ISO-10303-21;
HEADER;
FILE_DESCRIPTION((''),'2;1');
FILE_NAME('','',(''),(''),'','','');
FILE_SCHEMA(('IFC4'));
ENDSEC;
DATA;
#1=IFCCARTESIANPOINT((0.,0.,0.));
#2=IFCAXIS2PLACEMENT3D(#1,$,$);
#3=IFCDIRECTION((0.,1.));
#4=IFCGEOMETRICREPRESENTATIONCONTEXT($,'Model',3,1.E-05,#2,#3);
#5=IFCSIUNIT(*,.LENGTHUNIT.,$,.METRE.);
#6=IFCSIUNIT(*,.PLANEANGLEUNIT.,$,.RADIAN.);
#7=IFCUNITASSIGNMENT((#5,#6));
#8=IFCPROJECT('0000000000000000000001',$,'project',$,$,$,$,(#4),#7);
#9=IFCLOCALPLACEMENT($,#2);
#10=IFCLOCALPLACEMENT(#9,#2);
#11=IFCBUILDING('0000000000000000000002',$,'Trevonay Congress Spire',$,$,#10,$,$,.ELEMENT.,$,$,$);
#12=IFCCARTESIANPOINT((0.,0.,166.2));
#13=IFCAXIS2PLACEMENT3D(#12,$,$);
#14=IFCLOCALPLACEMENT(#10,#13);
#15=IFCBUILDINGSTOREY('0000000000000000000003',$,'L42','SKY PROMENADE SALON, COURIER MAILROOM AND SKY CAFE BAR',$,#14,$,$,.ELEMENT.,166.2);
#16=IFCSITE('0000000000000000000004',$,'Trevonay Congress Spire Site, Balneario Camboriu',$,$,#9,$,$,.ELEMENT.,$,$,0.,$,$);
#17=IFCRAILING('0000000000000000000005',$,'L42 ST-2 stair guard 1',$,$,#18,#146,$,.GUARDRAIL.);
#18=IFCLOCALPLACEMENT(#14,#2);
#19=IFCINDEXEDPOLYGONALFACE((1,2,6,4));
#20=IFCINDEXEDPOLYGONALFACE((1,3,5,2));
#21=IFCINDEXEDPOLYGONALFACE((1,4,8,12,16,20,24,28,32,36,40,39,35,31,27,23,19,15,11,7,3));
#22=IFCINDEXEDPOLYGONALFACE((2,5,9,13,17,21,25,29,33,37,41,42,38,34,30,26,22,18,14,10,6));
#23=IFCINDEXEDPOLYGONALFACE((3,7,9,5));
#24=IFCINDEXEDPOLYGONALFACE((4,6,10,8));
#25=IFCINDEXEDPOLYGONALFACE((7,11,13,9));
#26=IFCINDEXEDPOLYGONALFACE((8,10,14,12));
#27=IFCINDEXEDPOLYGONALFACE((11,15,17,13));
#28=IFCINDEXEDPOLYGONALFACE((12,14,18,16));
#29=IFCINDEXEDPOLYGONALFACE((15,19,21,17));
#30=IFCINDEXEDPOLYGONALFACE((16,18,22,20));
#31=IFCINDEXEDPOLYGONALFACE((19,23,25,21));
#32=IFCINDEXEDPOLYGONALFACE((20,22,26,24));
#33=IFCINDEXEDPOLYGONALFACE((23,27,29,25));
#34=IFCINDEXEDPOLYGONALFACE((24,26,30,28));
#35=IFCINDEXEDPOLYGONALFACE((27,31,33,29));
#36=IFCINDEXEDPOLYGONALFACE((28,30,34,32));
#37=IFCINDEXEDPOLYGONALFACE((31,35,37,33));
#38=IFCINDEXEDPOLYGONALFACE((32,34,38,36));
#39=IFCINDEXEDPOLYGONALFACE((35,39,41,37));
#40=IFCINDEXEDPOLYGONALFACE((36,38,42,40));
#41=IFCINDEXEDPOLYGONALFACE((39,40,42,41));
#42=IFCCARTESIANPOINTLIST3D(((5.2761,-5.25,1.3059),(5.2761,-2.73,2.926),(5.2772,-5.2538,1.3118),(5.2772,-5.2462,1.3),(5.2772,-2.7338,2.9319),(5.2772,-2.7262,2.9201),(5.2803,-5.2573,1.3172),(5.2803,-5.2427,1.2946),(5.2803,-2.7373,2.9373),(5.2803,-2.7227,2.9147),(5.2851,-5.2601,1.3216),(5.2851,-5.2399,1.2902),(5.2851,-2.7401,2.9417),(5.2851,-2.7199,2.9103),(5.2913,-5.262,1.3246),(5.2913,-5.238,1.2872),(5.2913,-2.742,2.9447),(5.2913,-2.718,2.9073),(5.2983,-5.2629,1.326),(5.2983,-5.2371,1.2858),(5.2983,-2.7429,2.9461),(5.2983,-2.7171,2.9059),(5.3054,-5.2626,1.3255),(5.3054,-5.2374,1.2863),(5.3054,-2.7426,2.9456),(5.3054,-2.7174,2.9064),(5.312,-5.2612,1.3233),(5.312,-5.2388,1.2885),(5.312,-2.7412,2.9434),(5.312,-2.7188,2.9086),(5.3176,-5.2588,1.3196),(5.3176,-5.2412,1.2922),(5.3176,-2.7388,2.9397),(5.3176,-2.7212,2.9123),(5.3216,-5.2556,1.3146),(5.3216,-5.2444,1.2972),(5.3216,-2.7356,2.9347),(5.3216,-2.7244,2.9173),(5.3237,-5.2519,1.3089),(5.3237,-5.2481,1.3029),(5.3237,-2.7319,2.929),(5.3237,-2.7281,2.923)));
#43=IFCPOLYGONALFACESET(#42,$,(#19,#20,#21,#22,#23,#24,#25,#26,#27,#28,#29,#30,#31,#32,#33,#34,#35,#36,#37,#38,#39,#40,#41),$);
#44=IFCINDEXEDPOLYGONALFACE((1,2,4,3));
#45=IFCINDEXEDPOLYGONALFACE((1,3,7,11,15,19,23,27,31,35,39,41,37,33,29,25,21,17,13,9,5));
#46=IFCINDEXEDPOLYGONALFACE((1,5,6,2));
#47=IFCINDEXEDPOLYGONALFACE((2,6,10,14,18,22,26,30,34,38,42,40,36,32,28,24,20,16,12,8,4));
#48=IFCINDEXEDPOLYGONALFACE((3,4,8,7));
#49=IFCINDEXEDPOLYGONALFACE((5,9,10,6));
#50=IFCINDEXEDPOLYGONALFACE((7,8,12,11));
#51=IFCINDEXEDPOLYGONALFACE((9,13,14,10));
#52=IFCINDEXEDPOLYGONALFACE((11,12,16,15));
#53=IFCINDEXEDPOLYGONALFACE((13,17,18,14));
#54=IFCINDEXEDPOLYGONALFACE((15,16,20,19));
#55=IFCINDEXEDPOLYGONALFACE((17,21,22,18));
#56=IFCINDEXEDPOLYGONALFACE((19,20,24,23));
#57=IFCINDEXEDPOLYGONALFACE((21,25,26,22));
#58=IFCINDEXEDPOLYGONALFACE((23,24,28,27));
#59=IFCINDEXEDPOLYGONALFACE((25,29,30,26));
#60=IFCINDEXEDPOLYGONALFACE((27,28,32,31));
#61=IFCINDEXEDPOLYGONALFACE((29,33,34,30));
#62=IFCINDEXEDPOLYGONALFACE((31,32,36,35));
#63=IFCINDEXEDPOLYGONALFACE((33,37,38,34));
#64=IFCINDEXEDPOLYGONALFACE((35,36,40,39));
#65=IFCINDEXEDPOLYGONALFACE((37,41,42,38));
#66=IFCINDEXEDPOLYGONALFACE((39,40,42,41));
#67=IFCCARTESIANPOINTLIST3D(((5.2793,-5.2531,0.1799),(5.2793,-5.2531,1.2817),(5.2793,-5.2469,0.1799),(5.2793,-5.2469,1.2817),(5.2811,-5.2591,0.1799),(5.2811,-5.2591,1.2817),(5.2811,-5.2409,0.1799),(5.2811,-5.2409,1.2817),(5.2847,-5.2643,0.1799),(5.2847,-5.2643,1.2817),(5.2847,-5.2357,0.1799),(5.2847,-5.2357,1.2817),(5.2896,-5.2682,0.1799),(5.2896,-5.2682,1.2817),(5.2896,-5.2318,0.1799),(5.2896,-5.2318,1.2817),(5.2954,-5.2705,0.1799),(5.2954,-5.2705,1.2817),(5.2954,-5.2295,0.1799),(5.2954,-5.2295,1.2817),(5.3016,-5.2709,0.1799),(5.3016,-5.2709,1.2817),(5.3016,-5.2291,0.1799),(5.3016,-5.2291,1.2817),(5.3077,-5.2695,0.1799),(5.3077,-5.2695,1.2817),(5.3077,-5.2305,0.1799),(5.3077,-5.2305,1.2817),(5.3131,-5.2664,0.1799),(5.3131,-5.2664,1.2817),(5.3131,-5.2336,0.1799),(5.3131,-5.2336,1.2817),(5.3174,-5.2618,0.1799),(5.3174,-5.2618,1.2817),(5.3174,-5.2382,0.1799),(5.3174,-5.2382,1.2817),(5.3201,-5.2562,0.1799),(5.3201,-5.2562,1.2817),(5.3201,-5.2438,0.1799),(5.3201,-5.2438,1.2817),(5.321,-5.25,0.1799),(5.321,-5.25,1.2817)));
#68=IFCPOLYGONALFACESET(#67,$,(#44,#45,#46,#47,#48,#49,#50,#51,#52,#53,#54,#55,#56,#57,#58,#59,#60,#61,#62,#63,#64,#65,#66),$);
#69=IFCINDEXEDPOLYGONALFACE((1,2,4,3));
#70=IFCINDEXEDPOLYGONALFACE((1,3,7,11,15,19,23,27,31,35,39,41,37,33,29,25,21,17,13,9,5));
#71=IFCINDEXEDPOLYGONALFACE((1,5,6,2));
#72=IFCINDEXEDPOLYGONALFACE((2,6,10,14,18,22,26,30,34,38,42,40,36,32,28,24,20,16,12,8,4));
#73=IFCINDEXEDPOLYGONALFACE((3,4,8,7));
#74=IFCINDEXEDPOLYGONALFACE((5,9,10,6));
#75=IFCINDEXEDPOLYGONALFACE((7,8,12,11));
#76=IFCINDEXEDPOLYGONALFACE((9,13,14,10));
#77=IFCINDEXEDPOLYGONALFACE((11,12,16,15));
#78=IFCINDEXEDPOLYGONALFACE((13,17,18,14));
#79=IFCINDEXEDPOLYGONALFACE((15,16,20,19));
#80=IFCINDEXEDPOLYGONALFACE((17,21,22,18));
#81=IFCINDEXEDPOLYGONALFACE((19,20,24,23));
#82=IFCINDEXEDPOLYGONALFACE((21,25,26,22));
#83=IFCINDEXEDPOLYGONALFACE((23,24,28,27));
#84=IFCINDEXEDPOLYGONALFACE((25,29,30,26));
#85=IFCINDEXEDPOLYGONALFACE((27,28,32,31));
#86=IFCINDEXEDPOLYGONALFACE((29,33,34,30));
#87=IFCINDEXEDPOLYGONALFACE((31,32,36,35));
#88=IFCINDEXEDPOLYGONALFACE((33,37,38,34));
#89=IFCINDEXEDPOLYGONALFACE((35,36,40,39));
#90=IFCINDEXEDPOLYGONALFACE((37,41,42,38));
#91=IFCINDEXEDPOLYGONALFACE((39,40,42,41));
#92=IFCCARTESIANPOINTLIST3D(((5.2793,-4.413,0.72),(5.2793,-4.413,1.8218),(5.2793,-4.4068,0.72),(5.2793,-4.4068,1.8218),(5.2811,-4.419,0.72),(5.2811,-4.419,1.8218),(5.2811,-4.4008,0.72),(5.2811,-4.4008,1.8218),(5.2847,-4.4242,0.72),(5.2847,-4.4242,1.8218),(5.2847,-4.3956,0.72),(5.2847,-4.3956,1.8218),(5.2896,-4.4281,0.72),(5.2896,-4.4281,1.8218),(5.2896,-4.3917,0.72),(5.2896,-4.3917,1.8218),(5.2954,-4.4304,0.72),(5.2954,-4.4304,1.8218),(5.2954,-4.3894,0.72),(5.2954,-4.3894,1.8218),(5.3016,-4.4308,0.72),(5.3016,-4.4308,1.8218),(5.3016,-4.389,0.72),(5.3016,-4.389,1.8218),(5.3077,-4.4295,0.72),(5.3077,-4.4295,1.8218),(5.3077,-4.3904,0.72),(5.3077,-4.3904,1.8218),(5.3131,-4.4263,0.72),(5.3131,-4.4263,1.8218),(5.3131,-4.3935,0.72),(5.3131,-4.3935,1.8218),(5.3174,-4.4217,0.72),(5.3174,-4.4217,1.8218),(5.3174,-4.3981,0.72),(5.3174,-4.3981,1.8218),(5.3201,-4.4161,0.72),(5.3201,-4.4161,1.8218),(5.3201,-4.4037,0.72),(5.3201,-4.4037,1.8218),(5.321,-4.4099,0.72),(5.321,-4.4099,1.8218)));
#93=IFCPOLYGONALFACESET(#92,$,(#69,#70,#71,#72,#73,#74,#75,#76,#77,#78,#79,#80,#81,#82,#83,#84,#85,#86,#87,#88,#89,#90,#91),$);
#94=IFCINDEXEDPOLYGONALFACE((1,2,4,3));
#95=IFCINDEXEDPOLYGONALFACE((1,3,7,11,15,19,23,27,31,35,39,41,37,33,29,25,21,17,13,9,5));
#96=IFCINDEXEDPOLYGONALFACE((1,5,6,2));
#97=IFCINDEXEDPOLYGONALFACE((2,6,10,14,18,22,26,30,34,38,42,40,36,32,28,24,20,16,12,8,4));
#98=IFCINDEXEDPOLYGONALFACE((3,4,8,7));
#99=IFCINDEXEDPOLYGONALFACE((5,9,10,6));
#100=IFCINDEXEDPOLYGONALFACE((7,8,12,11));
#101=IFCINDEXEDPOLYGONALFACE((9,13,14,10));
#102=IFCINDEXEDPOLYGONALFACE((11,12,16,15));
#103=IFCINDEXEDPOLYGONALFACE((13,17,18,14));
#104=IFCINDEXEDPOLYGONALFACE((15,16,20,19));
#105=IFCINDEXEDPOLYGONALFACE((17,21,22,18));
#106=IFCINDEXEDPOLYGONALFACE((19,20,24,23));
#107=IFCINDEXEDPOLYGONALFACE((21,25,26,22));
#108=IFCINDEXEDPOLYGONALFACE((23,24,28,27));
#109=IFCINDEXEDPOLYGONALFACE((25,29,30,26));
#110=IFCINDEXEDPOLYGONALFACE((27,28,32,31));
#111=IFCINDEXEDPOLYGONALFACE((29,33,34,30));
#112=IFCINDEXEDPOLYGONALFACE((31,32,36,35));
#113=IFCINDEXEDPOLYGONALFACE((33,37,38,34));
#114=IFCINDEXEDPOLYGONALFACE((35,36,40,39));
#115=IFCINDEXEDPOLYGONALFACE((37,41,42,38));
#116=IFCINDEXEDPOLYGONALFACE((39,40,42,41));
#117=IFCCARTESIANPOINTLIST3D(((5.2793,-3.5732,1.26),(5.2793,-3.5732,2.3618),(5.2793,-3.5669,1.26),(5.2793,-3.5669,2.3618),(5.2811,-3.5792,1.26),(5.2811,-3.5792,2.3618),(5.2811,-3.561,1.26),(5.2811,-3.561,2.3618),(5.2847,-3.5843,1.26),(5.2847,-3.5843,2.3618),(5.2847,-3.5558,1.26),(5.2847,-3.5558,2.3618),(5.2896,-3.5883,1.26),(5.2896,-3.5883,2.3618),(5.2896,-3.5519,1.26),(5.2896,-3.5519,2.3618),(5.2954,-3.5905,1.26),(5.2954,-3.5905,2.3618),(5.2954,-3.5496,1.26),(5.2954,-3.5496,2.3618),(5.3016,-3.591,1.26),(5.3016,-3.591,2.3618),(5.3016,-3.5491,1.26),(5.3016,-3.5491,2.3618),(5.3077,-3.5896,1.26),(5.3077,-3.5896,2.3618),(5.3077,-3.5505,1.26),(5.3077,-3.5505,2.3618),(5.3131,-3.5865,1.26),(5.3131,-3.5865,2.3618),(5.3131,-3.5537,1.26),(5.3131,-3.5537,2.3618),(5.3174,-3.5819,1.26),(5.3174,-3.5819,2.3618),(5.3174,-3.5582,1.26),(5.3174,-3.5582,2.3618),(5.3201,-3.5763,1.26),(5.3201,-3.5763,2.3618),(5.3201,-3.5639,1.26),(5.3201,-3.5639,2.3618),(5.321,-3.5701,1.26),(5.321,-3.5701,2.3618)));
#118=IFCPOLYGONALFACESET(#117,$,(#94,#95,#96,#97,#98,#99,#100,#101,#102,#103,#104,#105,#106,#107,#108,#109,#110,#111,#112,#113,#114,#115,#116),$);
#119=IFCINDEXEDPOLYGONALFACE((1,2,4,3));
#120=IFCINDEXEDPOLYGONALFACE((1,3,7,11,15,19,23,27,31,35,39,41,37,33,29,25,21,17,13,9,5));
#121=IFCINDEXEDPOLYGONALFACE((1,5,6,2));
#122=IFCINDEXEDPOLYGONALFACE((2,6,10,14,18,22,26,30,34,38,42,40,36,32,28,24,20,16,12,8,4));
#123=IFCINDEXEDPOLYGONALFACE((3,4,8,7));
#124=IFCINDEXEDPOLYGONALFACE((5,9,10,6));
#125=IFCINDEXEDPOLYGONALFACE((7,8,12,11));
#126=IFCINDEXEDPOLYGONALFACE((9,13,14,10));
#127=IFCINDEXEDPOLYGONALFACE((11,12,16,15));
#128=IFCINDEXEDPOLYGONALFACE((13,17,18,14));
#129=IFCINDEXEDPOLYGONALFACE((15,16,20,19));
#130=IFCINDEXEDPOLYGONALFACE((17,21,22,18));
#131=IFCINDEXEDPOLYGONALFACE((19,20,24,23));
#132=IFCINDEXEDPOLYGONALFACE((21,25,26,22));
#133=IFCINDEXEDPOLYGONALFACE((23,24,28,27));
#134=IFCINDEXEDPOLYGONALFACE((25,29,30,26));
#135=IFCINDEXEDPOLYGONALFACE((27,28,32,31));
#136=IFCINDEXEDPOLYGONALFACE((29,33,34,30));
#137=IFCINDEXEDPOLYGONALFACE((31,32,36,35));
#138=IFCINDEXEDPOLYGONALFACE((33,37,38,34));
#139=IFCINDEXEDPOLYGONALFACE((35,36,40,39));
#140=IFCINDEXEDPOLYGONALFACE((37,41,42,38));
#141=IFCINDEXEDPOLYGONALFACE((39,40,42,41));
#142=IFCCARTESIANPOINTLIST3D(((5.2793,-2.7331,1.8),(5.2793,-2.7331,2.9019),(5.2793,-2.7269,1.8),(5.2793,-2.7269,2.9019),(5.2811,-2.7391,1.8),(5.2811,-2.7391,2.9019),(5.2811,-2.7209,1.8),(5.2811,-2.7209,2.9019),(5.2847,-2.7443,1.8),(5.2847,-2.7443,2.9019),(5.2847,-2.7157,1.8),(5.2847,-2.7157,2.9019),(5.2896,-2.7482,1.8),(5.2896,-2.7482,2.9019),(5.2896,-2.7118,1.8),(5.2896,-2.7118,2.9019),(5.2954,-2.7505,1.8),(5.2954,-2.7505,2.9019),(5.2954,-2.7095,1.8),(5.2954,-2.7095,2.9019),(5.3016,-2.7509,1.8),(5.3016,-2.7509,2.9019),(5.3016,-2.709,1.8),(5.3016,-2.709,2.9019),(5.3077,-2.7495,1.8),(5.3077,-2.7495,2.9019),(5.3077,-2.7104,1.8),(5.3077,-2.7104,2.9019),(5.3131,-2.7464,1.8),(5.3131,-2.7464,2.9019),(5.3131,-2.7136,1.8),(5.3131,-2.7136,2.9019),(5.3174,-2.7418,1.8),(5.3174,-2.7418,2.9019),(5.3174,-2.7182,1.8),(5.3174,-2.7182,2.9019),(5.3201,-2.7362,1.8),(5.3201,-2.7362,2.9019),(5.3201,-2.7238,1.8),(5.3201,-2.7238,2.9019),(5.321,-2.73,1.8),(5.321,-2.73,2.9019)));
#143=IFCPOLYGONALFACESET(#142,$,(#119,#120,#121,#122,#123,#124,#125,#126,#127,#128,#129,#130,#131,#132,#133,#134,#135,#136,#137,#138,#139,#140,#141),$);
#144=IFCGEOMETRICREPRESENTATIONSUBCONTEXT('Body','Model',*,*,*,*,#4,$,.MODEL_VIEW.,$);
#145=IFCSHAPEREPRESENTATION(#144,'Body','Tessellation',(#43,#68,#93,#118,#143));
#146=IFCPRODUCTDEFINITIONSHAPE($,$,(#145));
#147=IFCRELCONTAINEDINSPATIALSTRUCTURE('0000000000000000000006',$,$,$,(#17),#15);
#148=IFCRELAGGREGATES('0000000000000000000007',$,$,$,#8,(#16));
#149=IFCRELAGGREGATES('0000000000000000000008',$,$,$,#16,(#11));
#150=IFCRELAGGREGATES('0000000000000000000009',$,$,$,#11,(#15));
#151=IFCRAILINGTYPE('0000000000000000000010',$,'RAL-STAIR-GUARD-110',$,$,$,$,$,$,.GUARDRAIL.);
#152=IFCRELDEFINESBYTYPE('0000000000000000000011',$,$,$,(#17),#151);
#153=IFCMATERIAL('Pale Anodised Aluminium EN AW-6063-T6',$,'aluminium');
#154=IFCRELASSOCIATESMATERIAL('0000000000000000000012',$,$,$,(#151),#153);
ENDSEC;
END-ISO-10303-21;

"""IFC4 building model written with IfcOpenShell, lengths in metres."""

from ifc_helpers import new_model, si_unit, direction, frame, origin, origin_2d, place, context, subcontext, project, spatial, circle, extrude, material, type_object, element, save


model = new_model("IFC4")

# Units and contexts
model_context = context("Model", 3, precision=1e-05, world=origin(), true_north=direction((0.0, 1.0)))
body_context = subcontext(model_context, "Body", "Model", "MODEL_VIEW")
ifc_project = project(units=[si_unit("LENGTHUNIT", "METRE"), si_unit("PLANEANGLEUNIT", "RADIAN")], contexts=[model_context])

# Site, building, storey
site_placement = place(None, origin())
site = spatial("IfcSite", under=ifc_project, at=site_placement, Name="Trevonay Congress Spire Site, Balneario Camboriu", CompositionType="ELEMENT", RefElevation=0.0)
building_placement = place(site_placement, origin())
building = spatial("IfcBuilding", under=site, at=building_placement, Name="Trevonay Congress Spire", CompositionType="ELEMENT")
storey_placement = place(building_placement, frame((0.0, 0.0, 166.2)))
storey = spatial("IfcBuildingStorey", under=building, at=storey_placement, Name="L42", Description="SKY PROMENADE SALON, COURIER MAILROOM AND SKY CAFE BAR", CompositionType="ELEMENT", Elevation=166.2)

# Shared definitions
ifc_material_1 = material(Name="Pale Anodised Aluminium EN AW-6063-T6", Category="aluminium")

# Railing
railing_type_1 = type_object("IfcRailingType", Name="RAL-STAIR-GUARD-110", PredefinedType="GUARDRAIL", material=ifc_material_1)
railing_1_placement = place(storey_placement, frame((5.3, -5.25, 0.1799)))
element("IfcRailing", 1, at=railing_1_placement, inside=storey, type_object=railing_type_1, Name="L42 ST-2 stair guard 1", PredefinedType="GUARDRAIL", context=body_context, shape_type="SweptSolid", body=[
    extrude(circle(Radius=0.0239, at=origin_2d()), frame((0.0, 0.0, 1.126), z_axis=(0.0, 0.841163, 0.540782), x_axis=(-1.0, 0.0, 0.0)), (0.0, 0.0, 1.0), 2.9958),
    extrude(circle(Radius=0.021, at=origin_2d()), origin(), (0.0, 0.0, 1.0), 1.1018),
    extrude(circle(Radius=0.021, at=origin_2d()), frame((0.0, 0.8401, 0.54)), (0.0, 0.0, 1.0), 1.1018),
    extrude(circle(Radius=0.021, at=origin_2d()), frame((0.0, 1.6799, 1.0801)), (0.0, 0.0, 1.0), 1.1018),
    extrude(circle(Radius=0.021, at=origin_2d()), frame((0.0, 2.52, 1.6201)), (0.0, 0.0, 1.0), 1.1018),
])

save(model, "model.ifc")
